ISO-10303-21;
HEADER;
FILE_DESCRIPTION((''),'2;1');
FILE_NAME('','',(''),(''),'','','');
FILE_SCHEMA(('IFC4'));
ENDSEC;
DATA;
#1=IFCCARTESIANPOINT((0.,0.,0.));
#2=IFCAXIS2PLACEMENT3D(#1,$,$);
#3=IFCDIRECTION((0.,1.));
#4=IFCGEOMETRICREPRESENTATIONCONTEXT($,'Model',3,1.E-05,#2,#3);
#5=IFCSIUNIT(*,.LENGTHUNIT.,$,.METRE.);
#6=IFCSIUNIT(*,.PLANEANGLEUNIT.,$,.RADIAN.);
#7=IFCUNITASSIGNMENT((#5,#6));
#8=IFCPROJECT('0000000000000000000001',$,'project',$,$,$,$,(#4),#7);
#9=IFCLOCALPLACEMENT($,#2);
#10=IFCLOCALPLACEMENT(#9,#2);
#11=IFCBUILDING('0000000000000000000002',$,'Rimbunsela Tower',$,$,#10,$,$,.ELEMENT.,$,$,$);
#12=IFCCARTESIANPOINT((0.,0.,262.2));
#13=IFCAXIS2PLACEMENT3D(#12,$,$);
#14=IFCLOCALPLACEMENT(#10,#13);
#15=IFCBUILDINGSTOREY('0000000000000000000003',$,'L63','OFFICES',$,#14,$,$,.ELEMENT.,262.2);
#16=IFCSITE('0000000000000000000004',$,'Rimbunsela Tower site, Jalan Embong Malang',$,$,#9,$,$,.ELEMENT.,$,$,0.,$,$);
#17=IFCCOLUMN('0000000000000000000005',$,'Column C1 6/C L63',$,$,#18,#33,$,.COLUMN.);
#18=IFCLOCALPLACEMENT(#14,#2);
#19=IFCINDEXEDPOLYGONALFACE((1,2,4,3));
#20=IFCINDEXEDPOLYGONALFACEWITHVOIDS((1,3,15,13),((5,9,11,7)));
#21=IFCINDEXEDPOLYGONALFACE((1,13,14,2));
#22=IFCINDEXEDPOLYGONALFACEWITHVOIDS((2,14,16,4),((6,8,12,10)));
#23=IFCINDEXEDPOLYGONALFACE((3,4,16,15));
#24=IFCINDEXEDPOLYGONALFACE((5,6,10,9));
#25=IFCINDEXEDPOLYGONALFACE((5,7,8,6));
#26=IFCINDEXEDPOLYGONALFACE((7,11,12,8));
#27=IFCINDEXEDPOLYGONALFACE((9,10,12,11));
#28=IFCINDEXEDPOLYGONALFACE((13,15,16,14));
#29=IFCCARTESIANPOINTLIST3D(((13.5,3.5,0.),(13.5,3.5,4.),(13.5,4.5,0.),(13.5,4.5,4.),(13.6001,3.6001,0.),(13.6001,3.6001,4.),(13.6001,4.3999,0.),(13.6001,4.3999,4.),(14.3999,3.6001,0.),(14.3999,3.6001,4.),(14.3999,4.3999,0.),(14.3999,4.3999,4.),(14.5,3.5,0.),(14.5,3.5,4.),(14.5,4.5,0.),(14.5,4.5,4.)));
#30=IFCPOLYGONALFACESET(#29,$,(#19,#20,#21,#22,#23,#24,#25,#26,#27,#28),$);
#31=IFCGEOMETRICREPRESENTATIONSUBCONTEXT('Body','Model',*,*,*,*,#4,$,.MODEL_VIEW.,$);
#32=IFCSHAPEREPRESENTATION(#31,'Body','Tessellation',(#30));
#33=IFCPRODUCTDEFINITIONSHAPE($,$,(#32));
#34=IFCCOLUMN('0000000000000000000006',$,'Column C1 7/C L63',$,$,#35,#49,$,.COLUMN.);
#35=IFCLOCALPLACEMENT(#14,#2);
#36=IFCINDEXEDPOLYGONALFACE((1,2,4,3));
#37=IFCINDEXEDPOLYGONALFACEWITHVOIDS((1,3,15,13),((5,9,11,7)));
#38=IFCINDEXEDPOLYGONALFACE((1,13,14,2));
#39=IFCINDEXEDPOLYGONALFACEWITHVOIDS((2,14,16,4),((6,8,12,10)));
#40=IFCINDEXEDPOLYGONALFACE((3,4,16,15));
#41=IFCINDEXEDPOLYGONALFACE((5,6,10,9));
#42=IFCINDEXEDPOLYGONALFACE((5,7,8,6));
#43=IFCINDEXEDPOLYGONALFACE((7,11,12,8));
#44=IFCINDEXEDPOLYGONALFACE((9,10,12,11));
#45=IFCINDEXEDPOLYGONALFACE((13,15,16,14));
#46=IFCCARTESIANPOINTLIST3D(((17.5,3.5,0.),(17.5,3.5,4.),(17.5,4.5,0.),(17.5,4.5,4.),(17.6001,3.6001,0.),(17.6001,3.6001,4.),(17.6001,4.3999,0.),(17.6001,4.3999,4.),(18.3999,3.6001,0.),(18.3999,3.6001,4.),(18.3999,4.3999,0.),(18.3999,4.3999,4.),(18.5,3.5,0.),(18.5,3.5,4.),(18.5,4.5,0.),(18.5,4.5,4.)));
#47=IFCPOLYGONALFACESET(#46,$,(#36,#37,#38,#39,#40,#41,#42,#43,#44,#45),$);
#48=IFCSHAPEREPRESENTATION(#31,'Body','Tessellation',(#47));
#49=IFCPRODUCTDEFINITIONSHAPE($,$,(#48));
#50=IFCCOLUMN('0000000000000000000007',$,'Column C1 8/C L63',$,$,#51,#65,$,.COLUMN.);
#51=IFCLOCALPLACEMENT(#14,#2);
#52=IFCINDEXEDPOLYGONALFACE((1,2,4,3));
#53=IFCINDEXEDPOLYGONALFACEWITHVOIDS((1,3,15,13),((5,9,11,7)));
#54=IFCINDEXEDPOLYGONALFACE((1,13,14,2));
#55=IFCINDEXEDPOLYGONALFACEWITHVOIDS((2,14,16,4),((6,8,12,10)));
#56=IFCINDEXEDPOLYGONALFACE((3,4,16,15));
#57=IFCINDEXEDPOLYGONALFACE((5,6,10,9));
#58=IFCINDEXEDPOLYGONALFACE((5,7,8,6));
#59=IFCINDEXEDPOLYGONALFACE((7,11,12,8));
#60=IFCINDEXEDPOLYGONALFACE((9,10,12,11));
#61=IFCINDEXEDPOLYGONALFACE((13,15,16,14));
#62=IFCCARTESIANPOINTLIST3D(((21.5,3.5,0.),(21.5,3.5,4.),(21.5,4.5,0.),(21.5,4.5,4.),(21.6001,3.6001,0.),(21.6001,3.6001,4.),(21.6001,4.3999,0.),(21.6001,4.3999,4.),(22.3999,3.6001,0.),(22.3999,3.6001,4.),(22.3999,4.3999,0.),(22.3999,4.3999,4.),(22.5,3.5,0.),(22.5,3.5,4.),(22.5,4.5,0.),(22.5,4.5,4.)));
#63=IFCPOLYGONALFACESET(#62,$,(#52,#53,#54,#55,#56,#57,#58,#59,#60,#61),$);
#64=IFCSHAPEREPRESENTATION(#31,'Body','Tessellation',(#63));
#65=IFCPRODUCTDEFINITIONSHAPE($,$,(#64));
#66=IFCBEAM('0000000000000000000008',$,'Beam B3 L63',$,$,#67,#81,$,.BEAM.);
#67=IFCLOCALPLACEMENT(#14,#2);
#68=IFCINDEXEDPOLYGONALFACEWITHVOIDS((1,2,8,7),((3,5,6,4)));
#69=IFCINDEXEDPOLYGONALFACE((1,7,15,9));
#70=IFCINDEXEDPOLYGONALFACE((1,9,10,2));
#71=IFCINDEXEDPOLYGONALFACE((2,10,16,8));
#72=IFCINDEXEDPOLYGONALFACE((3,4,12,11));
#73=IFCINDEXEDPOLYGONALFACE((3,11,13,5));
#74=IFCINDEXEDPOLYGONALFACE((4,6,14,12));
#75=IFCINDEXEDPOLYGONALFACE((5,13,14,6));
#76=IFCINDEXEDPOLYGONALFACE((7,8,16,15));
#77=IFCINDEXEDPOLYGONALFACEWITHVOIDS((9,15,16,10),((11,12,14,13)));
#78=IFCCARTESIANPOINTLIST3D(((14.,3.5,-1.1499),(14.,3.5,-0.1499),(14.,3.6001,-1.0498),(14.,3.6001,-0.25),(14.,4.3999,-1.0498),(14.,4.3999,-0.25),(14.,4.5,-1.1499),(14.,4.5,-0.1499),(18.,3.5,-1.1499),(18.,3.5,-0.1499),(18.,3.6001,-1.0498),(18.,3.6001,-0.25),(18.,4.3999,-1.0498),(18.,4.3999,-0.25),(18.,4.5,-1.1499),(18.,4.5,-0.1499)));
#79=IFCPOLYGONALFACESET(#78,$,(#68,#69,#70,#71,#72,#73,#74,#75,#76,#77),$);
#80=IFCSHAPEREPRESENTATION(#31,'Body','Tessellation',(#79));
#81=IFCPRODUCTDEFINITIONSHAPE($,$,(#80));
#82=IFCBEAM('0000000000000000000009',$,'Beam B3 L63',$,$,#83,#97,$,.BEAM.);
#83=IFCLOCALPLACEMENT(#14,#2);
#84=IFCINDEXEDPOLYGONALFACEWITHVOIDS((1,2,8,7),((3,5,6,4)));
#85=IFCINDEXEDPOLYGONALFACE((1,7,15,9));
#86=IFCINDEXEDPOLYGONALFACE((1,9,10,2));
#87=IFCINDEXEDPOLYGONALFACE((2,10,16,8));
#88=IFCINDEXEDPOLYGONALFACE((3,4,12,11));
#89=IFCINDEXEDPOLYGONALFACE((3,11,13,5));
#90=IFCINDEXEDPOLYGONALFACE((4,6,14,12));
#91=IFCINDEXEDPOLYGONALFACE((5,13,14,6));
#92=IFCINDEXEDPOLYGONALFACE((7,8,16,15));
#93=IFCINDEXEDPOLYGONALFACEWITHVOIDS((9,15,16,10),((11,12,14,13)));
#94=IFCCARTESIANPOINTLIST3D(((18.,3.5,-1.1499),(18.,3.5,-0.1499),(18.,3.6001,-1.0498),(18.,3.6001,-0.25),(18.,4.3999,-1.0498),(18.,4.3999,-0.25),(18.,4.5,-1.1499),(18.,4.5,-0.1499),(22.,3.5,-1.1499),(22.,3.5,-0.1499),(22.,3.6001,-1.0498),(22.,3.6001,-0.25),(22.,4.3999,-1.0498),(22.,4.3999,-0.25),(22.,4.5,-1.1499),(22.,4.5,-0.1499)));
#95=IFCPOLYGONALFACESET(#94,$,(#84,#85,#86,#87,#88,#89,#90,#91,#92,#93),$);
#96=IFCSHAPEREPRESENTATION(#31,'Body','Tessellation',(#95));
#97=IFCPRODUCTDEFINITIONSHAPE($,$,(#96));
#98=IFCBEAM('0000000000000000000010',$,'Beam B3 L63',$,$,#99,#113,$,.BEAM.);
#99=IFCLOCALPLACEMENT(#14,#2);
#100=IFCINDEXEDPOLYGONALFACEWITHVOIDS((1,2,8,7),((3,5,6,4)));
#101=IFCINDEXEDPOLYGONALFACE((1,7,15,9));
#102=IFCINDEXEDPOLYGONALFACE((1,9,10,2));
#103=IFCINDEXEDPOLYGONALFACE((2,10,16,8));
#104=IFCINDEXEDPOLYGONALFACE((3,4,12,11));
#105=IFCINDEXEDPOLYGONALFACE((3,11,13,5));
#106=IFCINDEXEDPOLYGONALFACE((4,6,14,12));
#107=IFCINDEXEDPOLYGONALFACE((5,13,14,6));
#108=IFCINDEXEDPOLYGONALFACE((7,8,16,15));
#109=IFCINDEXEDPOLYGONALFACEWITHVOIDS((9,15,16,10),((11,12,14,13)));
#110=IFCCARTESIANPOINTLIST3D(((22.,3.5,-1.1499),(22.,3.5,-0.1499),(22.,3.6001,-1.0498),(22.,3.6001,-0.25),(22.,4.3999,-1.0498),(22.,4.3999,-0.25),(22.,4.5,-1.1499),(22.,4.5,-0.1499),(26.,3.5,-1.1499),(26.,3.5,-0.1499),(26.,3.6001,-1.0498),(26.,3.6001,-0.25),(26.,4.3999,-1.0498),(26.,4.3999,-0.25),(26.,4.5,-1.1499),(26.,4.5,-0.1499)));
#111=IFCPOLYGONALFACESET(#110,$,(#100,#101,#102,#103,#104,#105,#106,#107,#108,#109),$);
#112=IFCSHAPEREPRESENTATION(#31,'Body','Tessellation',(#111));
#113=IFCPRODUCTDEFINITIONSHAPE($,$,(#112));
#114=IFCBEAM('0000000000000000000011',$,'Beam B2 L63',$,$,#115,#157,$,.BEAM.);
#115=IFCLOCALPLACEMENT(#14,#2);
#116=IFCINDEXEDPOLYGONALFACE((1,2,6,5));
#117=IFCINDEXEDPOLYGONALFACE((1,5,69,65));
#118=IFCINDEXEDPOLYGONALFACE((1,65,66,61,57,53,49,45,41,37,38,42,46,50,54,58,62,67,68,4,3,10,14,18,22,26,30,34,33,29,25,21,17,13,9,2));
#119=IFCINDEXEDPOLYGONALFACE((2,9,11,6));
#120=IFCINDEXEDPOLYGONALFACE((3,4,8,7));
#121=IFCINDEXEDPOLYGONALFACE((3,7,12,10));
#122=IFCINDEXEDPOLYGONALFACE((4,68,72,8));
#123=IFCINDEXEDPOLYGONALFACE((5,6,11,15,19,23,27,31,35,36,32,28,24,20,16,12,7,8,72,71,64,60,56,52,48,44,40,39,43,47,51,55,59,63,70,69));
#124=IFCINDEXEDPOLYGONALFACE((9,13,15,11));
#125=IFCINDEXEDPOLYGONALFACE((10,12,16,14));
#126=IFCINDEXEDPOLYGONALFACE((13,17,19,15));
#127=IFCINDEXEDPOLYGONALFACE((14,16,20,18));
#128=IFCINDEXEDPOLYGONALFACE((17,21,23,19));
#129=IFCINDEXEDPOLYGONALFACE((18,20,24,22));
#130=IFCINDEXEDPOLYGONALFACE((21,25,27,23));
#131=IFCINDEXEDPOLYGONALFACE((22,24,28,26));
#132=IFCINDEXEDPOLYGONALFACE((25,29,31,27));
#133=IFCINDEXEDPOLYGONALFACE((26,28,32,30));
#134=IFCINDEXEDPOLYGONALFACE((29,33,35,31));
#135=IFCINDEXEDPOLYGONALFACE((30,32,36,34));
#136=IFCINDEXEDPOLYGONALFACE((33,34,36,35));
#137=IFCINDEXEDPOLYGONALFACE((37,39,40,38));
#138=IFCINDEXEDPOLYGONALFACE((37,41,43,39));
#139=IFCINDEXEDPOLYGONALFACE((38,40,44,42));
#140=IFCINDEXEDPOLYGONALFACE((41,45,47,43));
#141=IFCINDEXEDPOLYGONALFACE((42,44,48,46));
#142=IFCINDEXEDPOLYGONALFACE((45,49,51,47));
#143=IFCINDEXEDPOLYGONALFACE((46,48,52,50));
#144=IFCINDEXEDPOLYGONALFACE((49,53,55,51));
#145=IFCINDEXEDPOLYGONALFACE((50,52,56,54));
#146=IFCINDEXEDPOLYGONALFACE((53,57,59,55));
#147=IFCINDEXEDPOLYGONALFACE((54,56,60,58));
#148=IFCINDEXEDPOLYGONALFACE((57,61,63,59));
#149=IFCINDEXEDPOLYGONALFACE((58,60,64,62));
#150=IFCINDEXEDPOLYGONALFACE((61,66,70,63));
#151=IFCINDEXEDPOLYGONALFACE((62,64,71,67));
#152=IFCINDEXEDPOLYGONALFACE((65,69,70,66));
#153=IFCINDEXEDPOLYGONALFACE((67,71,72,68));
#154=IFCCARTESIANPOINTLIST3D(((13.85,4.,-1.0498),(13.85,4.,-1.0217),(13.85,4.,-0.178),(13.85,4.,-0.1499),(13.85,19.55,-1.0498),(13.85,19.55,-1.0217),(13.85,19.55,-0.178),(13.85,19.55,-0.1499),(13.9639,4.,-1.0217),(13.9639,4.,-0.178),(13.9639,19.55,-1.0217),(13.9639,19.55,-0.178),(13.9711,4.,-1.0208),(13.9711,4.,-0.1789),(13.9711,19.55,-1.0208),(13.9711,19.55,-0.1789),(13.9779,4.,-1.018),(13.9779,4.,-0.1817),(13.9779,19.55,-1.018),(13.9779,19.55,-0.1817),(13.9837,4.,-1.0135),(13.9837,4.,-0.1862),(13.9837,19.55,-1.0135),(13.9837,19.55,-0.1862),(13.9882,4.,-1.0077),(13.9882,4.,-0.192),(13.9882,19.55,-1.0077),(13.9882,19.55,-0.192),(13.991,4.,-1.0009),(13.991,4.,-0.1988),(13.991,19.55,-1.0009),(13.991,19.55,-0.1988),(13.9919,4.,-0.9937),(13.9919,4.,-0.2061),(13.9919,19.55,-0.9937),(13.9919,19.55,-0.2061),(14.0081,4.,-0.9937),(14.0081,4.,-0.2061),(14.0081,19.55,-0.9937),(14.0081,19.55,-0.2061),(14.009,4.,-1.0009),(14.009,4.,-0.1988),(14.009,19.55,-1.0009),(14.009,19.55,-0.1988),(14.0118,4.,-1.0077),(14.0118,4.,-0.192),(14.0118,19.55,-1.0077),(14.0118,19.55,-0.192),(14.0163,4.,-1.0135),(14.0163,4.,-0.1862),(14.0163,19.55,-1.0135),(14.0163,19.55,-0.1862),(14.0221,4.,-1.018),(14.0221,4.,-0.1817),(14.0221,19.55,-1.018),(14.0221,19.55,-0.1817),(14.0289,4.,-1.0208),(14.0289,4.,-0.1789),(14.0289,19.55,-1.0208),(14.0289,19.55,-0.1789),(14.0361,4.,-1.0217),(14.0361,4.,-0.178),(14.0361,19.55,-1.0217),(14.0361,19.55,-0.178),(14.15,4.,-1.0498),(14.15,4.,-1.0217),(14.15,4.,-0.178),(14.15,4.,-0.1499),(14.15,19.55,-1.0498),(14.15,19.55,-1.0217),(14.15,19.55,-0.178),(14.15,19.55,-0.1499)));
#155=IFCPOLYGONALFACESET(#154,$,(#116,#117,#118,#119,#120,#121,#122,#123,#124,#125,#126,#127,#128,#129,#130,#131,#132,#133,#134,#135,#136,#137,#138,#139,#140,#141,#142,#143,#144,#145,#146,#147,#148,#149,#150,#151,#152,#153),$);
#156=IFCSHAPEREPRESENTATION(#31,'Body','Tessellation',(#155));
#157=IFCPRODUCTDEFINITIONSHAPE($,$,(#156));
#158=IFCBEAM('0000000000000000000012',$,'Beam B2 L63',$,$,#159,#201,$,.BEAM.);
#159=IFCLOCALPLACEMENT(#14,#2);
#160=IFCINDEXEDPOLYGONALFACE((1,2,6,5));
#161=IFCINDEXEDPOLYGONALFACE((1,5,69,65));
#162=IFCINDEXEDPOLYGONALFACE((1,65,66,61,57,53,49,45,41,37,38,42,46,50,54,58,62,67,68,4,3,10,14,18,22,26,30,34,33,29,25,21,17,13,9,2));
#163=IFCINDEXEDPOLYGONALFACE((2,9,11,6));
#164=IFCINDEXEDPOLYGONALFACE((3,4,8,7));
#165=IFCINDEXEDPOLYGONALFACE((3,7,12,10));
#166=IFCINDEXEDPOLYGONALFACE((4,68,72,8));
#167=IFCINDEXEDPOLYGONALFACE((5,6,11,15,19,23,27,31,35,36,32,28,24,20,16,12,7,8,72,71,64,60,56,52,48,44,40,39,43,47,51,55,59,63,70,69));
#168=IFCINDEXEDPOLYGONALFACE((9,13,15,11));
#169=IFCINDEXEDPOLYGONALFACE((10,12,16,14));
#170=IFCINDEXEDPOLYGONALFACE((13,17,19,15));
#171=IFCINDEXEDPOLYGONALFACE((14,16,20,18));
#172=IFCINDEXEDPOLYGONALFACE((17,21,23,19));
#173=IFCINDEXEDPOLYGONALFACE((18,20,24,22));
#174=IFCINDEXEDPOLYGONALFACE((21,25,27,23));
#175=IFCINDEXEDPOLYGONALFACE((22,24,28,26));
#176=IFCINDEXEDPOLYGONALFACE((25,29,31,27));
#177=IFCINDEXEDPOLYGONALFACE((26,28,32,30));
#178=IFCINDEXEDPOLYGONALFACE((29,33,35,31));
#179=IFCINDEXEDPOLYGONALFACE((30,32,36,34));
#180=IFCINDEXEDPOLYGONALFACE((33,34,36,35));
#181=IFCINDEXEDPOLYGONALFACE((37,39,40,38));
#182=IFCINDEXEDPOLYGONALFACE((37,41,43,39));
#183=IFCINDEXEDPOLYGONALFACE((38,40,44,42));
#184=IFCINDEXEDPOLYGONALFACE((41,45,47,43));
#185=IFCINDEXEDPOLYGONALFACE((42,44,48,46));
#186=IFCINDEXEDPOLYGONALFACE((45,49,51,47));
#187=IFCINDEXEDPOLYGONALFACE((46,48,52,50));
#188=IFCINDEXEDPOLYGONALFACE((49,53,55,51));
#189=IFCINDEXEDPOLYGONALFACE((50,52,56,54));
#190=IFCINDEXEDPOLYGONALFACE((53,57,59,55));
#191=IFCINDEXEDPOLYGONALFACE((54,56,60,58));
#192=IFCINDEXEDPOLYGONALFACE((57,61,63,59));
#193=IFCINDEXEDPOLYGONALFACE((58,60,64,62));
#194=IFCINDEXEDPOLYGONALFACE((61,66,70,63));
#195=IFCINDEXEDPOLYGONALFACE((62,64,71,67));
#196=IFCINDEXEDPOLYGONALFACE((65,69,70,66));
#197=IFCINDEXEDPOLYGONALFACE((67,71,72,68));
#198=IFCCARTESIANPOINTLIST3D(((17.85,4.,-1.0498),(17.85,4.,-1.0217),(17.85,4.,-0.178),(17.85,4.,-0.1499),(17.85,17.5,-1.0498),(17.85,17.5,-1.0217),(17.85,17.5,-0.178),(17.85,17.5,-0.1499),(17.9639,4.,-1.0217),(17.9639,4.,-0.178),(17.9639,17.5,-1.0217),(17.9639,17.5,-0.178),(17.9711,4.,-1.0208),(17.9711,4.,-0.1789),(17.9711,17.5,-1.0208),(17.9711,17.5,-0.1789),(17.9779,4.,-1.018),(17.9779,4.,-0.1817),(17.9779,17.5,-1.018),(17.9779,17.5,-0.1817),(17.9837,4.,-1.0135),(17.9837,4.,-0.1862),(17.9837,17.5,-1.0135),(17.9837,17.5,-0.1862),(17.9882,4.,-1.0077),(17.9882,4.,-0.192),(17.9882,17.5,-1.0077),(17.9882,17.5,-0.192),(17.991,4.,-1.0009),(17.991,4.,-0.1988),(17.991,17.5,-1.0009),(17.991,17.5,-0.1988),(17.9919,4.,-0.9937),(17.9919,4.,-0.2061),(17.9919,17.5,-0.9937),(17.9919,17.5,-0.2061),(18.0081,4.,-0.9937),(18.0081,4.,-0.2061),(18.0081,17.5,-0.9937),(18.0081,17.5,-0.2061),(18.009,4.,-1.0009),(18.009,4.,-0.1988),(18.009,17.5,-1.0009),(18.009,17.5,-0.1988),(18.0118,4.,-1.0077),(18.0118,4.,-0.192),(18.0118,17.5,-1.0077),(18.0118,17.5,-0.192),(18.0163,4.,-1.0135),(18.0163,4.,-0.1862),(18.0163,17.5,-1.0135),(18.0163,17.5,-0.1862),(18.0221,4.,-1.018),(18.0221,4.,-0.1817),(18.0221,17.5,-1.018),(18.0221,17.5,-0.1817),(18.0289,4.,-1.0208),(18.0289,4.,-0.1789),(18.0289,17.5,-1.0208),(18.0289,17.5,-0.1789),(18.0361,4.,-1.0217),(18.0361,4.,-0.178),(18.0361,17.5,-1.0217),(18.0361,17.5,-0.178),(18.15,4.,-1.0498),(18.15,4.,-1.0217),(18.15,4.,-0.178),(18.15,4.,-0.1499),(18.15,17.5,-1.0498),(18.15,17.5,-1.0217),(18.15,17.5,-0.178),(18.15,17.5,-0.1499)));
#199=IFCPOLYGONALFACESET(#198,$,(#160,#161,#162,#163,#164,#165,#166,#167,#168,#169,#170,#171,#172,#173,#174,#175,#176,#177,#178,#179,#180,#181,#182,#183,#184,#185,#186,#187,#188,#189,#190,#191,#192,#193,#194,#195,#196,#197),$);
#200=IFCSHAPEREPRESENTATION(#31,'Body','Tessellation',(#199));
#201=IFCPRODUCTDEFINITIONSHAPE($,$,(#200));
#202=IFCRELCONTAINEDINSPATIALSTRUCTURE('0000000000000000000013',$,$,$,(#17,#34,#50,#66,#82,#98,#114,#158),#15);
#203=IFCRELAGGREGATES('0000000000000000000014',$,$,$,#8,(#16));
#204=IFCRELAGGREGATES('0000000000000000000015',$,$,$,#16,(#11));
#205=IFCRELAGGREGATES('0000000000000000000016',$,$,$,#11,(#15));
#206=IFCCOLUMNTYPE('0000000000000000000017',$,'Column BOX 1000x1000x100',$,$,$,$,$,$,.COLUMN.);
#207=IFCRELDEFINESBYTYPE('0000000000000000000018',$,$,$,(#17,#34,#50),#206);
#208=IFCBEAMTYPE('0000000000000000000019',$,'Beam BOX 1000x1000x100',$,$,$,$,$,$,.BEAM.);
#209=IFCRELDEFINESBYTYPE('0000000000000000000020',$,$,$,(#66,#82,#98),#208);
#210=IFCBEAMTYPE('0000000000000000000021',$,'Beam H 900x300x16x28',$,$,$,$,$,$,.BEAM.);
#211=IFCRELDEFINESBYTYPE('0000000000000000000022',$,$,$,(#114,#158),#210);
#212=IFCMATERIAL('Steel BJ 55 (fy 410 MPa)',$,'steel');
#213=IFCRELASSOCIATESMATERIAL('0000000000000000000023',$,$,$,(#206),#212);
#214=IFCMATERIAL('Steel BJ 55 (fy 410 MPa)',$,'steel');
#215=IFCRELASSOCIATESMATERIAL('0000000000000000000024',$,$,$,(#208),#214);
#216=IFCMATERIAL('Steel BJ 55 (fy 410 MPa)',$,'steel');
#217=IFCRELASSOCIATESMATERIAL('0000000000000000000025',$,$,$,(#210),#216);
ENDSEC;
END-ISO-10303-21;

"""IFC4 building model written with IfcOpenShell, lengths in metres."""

from ifc_helpers import new_model, si_unit, direction, frame, origin, origin_2d, place, context, subcontext, project, spatial, hollow_rectangle, i_section, extrude, material, material_profile, profile_set, type_object, element, save


model = new_model("IFC4")

# Units and contexts
model_context = context("Model", 3, precision=1e-05, world=origin(), true_north=direction((0.0, 1.0)))
body_context = subcontext(model_context, "Body", "Model", "MODEL_VIEW")
ifc_project = project(units=[si_unit("LENGTHUNIT", "METRE"), si_unit("PLANEANGLEUNIT", "RADIAN")], contexts=[model_context])

# Site, building, storey
site_placement = place(None, origin())
site = spatial("IfcSite", under=ifc_project, at=site_placement, Name="Rimbunsela Tower site, Jalan Embong Malang", CompositionType="ELEMENT", RefElevation=0.0)
building_placement = place(site_placement, origin())
building = spatial("IfcBuilding", under=site, at=building_placement, Name="Rimbunsela Tower", CompositionType="ELEMENT")
storey_placement = place(building_placement, frame((0.0, 0.0, 262.2)))
storey = spatial("IfcBuildingStorey", under=building, at=storey_placement, Name="L63", Description="OFFICES", CompositionType="ELEMENT", Elevation=262.2)

# Columns
ifc_material_1 = material(Name="Steel BJ 55 (fy 410 MPa)", Category="steel")
ifc_material_profile_1 = material_profile(ifc_material_1, hollow_rectangle(XDim=1.0, YDim=1.0, WallThickness=0.1001, at=origin_2d()), Name="BOX 1000x1000x100")
ifc_profile_set_1 = profile_set([ifc_material_profile_1], Name="Steel BJ 55 (fy 410 MPa)")
column_type = type_object("IfcColumnType", Name="Column BOX 1000x1000x100", PredefinedType="COLUMN", material=ifc_profile_set_1)
for number, where, z_axis, x_axis, name in (
    (1, (14.0, 4.0, 0.0), (0.0, 0.0, 1.0), (1.0, 0.0, 0.0), "Column C1 6/C L63"),
    (2, (18.0, 4.0, 0.0), (0.0, 0.0, 1.0), (1.0, 0.0, 0.0), "Column C1 7/C L63"),
    (3, (22.0, 4.0, 0.0), (0.0, 0.0, 1.0), (1.0, 0.0, 0.0), "Column C1 8/C L63"),
):
    element("IfcColumn", number, at=place(storey_placement, frame(where, z_axis=z_axis, x_axis=x_axis)), inside=storey, type_object=column_type, Name=name, PredefinedType="COLUMN", context=body_context, shape_type="SweptSolid", body=[
        extrude(hollow_rectangle(XDim=1.0, YDim=1.0, WallThickness=0.1001, at=origin_2d()), origin(), (0.0, 0.0, 1.0), 4.0),
    ])

# Beams
ifc_material_2 = material(Name="Steel BJ 55 (fy 410 MPa)", Category="steel")
ifc_material_profile_2 = material_profile(ifc_material_2, hollow_rectangle(XDim=1.0, YDim=1.0, WallThickness=0.1001, at=origin_2d()), Name="BOX 1000x1000x100")
ifc_profile_set_2 = profile_set([ifc_material_profile_2], Name="Steel BJ 55 (fy 410 MPa)")
beam_type_1 = type_object("IfcBeamType", Name="Beam BOX 1000x1000x100", PredefinedType="BEAM", material=ifc_profile_set_2)
for number, where, z_axis, x_axis, name in (
    (4, (14.0, 4.0, -0.6499), (1.0, 0.0, 0.0), (0.0, 1.0, 0.0), "Beam B3 L63"),
    (5, (18.0, 4.0, -0.6499), (1.0, 0.0, 0.0), (0.0, 1.0, 0.0), "Beam B3 L63"),
    (6, (22.0, 4.0, -0.6499), (1.0, 0.0, 0.0), (0.0, 1.0, 0.0), "Beam B3 L63"),
):
    element("IfcBeam", number, at=place(storey_placement, frame(where, z_axis=z_axis, x_axis=x_axis)), inside=storey, type_object=beam_type_1, Name=name, PredefinedType="BEAM", context=body_context, shape_type="SweptSolid", body=[
        extrude(hollow_rectangle(XDim=1.0, YDim=1.0, WallThickness=0.1001, at=origin_2d()), origin(), (0.0, 0.0, 1.0), 4.0),
    ])
ifc_material_3 = material(Name="Steel BJ 55 (fy 410 MPa)", Category="steel")
ifc_material_profile_3 = material_profile(ifc_material_3, i_section(OverallWidth=0.3, OverallDepth=0.8999, WebThickness=0.0161, FlangeThickness=0.0281, FilletRadius=0.0281, at=origin_2d()), Name="H 900x300x16x28")
ifc_profile_set_3 = profile_set([ifc_material_profile_3], Name="Steel BJ 55 (fy 410 MPa)")
beam_type_2 = type_object("IfcBeamType", Name="Beam H 900x300x16x28", PredefinedType="BEAM", material=ifc_profile_set_3)
beam_placement = place(storey_placement, frame((14.0, 4.0, -0.5999), z_axis=(0.0, 1.0, 0.0), x_axis=(-1.0, 0.0, 0.0)))
element("IfcBeam", 7, at=beam_placement, inside=storey, type_object=beam_type_2, Name="Beam B2 L63", PredefinedType="BEAM", context=body_context, shape_type="SweptSolid", body=[
    extrude(i_section(OverallWidth=0.3, OverallDepth=0.8999, WebThickness=0.0161, FlangeThickness=0.0281, FilletRadius=0.0281, at=origin_2d()), origin(), (0.0, 0.0, 1.0), 15.55),
])
for number, where, z_axis, x_axis, name in (
    (8, (18.0, 4.0, -0.5999), (0.0, 1.0, 0.0), (-1.0, 0.0, 0.0), "Beam B2 L63"),
):
    element("IfcBeam", number, at=place(storey_placement, frame(where, z_axis=z_axis, x_axis=x_axis)), inside=storey, type_object=beam_type_2, Name=name, PredefinedType="BEAM", context=body_context, shape_type="SweptSolid", body=[
        extrude(i_section(OverallWidth=0.3, OverallDepth=0.8999, WebThickness=0.0161, FlangeThickness=0.0281, FilletRadius=0.0281, at=origin_2d()), origin(), (0.0, 0.0, 1.0), 13.5),
    ])

save(model, "model.ifc")
